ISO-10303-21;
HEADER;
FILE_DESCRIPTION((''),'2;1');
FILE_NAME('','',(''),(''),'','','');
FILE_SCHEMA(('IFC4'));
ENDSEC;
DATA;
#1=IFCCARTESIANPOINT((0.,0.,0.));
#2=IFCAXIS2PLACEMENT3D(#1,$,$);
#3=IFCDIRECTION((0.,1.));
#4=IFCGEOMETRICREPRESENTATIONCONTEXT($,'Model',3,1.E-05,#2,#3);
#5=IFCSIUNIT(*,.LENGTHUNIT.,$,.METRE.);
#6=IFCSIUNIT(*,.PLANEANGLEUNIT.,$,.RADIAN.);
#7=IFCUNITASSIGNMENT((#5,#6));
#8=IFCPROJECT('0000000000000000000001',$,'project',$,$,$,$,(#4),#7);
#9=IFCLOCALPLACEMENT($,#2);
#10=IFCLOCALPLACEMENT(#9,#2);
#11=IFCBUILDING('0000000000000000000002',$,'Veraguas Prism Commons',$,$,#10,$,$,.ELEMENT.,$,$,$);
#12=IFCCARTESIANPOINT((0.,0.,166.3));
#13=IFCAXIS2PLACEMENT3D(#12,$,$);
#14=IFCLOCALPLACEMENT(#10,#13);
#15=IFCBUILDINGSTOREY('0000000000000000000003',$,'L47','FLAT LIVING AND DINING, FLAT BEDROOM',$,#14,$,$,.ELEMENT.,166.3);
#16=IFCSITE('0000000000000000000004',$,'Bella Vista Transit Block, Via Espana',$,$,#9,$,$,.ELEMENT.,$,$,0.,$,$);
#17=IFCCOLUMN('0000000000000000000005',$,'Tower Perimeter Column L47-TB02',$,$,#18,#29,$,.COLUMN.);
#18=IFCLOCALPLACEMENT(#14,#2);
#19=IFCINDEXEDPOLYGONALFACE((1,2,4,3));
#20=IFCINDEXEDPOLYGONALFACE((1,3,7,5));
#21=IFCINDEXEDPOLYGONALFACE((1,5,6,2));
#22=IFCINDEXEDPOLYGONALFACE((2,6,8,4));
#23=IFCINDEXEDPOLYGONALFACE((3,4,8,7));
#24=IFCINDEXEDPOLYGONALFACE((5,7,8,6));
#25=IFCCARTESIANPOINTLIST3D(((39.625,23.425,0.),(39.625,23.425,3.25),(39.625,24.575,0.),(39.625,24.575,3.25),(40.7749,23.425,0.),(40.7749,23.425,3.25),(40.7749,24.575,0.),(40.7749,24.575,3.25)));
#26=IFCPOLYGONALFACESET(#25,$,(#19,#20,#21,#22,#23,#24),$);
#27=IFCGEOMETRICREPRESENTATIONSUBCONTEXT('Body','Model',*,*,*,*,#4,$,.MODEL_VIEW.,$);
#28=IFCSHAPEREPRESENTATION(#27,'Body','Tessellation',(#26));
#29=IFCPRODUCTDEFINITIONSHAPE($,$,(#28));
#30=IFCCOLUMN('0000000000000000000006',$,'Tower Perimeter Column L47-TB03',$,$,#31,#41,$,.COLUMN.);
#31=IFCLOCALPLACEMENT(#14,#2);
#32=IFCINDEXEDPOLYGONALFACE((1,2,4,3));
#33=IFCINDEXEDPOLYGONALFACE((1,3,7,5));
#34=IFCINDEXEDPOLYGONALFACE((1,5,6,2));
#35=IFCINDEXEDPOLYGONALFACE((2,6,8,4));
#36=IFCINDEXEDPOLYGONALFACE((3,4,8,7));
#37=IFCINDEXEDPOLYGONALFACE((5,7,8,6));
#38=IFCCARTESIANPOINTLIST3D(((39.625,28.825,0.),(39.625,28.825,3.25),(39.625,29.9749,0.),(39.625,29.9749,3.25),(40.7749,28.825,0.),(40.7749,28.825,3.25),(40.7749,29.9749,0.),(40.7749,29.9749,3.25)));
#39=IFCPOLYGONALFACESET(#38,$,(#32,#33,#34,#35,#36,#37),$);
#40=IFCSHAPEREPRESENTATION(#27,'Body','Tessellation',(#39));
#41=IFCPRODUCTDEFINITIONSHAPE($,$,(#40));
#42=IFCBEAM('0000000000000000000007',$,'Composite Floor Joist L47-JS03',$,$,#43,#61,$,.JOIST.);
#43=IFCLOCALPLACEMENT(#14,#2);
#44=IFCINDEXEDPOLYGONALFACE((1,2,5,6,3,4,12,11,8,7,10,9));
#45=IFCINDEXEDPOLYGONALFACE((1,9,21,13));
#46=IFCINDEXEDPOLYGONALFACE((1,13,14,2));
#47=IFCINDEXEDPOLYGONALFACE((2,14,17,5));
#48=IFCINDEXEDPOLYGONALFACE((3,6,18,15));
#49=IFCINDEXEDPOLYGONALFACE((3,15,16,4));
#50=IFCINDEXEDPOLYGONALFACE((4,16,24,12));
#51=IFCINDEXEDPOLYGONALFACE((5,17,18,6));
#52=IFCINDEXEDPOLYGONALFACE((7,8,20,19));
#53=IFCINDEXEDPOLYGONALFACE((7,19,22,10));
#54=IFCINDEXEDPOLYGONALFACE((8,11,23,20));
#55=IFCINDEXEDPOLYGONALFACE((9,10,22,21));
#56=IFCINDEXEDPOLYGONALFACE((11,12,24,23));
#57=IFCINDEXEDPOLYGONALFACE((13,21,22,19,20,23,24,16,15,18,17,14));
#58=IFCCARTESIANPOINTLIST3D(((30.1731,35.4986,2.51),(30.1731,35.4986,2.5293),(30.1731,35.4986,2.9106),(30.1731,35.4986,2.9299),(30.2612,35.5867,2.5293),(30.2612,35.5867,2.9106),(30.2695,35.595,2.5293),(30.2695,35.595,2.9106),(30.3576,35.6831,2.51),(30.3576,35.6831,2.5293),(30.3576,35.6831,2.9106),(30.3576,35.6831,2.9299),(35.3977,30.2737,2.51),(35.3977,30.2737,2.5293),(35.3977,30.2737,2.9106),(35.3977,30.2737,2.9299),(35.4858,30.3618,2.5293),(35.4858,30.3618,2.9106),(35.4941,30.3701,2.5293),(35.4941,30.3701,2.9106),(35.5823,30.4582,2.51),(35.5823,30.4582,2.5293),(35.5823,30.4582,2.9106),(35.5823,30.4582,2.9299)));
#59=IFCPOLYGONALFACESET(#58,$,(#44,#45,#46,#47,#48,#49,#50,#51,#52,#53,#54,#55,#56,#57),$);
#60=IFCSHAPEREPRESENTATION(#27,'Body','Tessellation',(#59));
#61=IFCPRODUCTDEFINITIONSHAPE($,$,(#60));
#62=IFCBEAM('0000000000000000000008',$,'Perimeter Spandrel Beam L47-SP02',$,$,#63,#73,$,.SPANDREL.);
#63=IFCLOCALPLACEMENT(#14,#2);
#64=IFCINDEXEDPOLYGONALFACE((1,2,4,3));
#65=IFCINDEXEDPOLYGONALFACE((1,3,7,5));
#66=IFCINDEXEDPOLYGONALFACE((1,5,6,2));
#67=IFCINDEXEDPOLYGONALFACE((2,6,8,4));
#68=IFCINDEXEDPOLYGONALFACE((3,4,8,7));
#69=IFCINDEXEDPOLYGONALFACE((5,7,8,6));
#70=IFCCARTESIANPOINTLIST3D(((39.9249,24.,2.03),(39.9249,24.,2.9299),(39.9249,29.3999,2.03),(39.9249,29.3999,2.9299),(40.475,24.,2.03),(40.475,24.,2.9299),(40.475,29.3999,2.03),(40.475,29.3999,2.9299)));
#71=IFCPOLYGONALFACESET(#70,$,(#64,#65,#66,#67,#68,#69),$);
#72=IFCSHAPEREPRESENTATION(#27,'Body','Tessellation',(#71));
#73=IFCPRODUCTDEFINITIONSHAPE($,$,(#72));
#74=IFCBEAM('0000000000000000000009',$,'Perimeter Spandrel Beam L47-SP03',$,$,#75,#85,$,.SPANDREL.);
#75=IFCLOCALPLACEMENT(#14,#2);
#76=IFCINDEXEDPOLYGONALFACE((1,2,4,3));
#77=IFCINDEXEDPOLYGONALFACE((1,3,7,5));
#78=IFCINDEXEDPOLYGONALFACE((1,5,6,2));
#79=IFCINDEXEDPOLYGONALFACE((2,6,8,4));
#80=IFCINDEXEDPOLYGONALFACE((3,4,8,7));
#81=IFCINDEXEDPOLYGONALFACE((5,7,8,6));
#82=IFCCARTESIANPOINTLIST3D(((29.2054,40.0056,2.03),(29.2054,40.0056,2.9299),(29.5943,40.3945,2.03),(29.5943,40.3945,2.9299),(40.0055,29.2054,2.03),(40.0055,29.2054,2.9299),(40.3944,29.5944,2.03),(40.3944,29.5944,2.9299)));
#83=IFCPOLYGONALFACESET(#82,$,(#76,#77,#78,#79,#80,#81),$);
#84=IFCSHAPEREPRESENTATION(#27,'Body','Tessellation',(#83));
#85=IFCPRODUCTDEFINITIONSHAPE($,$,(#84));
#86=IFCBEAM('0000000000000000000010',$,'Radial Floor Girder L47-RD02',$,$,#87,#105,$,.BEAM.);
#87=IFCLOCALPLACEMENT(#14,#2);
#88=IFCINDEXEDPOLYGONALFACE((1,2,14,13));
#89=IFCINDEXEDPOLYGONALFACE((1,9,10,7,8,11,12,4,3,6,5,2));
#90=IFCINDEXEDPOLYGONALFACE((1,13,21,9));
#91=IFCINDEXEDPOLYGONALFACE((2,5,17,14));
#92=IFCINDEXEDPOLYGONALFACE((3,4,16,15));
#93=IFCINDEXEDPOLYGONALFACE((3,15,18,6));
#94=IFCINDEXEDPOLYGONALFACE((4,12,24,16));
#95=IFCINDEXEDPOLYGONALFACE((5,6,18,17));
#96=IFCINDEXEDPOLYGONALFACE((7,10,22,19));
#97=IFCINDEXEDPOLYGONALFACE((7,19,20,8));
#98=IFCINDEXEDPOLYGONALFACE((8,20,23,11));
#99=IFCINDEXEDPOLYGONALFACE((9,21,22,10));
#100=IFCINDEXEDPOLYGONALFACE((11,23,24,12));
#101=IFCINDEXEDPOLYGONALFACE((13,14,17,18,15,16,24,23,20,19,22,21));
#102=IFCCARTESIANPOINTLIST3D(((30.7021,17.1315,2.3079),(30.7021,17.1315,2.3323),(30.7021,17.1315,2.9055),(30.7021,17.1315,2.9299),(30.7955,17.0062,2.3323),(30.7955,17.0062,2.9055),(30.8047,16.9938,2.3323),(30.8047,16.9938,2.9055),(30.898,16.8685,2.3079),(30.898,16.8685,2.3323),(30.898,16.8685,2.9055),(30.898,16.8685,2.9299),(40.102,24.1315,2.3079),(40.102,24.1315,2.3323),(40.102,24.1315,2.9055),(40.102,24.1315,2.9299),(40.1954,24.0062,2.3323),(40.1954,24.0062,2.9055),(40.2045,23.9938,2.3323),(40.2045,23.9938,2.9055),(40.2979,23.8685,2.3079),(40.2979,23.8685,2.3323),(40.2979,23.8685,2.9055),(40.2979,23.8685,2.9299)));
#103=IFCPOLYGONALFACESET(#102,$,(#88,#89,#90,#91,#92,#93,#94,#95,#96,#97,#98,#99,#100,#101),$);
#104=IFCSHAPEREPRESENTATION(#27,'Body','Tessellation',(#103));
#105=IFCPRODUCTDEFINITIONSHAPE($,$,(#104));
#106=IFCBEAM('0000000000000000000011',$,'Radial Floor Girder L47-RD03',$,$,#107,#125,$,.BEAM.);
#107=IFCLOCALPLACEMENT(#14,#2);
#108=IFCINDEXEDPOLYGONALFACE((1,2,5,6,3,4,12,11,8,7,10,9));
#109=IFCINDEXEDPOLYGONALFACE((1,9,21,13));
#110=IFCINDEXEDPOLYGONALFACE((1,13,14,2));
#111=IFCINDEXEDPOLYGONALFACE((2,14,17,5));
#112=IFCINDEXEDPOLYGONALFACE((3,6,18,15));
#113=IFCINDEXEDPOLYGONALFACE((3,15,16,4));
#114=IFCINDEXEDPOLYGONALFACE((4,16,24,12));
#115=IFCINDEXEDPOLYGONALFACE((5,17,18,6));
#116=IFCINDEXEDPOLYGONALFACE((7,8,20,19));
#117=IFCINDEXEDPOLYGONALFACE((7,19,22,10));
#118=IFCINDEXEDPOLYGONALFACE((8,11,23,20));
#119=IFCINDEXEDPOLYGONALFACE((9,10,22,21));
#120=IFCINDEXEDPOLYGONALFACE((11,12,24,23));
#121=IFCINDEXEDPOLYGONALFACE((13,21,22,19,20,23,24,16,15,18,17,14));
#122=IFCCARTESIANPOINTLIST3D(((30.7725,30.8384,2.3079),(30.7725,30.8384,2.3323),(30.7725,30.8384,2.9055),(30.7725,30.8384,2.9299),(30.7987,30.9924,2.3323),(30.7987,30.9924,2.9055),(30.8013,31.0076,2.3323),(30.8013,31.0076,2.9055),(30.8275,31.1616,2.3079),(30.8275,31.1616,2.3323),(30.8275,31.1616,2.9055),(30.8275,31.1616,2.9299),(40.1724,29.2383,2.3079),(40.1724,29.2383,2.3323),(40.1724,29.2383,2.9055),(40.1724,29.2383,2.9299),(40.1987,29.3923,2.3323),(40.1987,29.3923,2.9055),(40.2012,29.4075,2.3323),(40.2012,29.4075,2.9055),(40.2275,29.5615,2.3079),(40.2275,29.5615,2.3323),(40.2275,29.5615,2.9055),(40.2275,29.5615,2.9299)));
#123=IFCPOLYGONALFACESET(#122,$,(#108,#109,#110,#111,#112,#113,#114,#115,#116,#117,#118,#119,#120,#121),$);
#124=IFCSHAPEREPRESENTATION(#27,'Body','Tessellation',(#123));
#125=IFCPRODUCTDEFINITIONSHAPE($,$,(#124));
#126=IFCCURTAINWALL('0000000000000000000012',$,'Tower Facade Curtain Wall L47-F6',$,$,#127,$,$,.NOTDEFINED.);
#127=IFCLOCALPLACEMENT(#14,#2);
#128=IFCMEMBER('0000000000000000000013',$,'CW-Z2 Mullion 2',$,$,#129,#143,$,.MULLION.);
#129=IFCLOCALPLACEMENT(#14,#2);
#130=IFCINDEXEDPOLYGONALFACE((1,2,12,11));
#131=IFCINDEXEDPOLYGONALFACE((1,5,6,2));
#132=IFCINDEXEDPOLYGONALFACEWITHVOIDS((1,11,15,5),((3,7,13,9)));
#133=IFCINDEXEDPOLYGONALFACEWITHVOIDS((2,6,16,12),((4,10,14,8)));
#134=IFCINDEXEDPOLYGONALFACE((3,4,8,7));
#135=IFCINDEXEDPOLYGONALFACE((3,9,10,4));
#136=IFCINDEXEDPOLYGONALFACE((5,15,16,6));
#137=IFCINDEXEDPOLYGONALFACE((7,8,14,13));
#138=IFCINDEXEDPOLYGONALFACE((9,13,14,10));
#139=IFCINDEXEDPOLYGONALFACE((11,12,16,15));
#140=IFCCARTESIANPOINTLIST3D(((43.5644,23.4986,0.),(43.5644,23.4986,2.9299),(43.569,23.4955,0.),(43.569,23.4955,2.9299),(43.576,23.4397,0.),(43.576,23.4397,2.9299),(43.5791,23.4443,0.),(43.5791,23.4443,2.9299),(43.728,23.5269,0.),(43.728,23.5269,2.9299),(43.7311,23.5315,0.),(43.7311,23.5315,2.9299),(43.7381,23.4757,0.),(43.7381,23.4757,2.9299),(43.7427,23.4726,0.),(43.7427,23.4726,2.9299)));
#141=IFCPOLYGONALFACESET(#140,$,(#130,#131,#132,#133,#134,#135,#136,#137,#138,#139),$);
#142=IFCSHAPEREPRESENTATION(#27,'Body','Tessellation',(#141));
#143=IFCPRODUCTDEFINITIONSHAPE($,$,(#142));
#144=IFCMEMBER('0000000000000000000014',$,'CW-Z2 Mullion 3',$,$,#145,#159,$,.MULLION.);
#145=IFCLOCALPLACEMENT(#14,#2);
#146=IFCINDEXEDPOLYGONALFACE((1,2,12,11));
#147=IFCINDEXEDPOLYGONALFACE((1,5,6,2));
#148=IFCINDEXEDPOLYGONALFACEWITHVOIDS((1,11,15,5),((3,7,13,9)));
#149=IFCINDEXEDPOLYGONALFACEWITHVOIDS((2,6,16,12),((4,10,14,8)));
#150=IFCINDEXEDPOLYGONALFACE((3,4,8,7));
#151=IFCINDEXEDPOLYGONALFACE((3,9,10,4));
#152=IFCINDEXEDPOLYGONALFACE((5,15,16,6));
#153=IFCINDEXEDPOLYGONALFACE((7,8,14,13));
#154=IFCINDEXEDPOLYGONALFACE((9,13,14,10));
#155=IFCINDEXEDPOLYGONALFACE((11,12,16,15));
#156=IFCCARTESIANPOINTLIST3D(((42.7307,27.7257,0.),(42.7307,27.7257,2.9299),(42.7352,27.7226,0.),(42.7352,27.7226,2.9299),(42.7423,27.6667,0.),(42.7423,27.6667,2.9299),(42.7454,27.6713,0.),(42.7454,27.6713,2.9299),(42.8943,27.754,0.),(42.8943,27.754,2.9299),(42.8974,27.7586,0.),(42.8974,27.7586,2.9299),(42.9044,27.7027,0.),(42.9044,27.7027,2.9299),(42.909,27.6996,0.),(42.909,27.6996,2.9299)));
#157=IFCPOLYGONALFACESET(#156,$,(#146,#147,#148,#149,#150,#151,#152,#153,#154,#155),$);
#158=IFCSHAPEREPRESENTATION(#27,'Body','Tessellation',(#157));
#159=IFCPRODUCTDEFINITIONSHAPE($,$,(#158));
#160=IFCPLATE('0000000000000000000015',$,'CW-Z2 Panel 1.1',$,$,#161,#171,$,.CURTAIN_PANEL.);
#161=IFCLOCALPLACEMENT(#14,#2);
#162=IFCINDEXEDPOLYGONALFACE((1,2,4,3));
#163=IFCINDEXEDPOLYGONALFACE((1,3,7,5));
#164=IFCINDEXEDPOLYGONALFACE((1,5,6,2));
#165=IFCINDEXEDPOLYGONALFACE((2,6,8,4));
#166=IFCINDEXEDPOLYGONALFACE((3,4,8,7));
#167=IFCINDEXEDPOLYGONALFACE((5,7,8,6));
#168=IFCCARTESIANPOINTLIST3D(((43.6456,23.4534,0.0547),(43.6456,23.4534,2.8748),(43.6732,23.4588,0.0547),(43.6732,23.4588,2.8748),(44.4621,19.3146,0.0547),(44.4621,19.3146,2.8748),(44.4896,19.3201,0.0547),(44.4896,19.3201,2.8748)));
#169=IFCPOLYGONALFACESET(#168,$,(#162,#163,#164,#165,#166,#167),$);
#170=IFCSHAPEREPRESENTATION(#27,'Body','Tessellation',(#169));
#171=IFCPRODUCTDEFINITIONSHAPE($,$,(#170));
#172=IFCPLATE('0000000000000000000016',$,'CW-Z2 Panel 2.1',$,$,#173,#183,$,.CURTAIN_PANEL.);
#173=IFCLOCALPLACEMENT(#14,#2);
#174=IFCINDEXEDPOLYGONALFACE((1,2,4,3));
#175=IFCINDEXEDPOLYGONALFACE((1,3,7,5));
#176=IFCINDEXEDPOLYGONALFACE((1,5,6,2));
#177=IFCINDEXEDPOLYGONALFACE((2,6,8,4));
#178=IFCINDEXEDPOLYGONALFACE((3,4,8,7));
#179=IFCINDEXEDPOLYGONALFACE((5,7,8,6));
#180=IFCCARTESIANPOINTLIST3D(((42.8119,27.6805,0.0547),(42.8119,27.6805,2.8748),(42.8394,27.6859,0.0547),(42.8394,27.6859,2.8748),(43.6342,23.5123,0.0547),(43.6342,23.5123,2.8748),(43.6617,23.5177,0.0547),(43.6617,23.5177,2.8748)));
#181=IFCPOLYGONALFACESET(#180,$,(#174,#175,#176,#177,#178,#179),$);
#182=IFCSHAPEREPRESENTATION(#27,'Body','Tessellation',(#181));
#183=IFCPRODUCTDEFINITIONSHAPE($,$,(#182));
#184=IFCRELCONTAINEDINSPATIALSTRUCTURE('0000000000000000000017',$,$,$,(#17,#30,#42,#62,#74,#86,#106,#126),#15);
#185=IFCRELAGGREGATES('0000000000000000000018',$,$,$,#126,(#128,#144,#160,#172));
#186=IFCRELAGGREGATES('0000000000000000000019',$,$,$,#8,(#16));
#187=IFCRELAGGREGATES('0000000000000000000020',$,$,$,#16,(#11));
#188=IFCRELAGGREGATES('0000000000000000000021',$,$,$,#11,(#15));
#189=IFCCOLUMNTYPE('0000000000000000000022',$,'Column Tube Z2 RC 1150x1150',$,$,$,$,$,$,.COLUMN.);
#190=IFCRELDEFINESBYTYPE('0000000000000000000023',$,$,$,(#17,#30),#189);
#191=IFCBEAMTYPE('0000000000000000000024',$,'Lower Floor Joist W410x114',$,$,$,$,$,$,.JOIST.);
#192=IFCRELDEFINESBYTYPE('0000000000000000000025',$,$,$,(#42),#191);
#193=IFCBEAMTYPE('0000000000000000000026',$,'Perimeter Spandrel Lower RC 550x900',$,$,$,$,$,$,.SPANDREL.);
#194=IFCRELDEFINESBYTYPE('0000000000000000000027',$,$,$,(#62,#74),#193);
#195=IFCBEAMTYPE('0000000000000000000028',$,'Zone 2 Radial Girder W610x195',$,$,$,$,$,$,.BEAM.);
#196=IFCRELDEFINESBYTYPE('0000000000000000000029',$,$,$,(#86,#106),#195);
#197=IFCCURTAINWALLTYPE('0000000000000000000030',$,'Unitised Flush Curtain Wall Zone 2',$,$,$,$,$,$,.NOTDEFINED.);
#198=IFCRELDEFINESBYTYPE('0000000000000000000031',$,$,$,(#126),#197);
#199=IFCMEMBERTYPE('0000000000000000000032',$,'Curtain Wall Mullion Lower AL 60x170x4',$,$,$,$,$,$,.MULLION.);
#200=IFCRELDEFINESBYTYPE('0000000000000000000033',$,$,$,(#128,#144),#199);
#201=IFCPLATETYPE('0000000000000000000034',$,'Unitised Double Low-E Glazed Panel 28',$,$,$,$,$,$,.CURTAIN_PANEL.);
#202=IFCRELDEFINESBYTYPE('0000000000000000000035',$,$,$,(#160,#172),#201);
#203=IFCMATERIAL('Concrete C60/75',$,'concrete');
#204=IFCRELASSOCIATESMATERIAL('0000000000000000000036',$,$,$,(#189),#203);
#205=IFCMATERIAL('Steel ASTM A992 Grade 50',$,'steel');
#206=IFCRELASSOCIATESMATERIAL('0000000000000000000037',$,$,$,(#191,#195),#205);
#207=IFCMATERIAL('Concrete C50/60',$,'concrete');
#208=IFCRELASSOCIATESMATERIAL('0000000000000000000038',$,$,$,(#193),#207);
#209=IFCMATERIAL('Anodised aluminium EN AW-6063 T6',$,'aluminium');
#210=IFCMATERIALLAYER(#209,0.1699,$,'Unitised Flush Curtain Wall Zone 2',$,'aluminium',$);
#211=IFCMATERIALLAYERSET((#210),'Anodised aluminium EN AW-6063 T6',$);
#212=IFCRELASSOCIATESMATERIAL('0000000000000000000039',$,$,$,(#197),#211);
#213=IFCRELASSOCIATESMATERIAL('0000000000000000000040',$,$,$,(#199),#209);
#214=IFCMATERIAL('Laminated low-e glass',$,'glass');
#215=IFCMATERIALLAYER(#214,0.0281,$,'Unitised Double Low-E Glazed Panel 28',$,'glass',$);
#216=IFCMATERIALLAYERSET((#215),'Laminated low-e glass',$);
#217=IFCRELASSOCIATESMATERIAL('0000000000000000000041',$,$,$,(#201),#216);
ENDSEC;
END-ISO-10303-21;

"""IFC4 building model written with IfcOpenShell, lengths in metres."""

from ifc_helpers import new_model, si_unit, direction, frame, origin, origin_2d, place, context, subcontext, project, spatial, rectangle, hollow_rectangle, i_section, extrude, source, transform, mapped, material, layer, layer_set, material_profile, profile_set, type_object, element, aggregate, save


model = new_model("IFC4")

# Units and contexts
model_context = context("Model", 3, precision=1e-05, world=origin(), true_north=direction((0.0, 1.0)))
body_context = subcontext(model_context, "Body", "Model", "MODEL_VIEW")
ifc_project = project(units=[si_unit("LENGTHUNIT", "METRE"), si_unit("PLANEANGLEUNIT", "RADIAN")], contexts=[model_context])

# Site, building, storey
site_placement = place(None, origin())
site = spatial("IfcSite", under=ifc_project, at=site_placement, Name="Bella Vista Transit Block, Via Espana", CompositionType="ELEMENT", RefElevation=0.0)
building_placement = place(site_placement, origin())
building = spatial("IfcBuilding", under=site, at=building_placement, Name="Veraguas Prism Commons", CompositionType="ELEMENT")
storey_placement = place(building_placement, frame((0.0, 0.0, 166.3)))
storey = spatial("IfcBuildingStorey", under=building, at=storey_placement, Name="L47", Description="FLAT LIVING AND DINING, FLAT BEDROOM", CompositionType="ELEMENT", Elevation=166.3)

# Columns
ifc_material_1 = material(Name="Concrete C60/75", Category="concrete")
ifc_material_profile_1 = material_profile(ifc_material_1, rectangle(XDim=1.1499, YDim=1.1499, at=origin_2d()), Name="RC1150X1150")
ifc_profile_set_1 = profile_set([ifc_material_profile_1], Name="Concrete C60/75")
column_type = type_object("IfcColumnType", Name="Column Tube Z2 RC 1150x1150", PredefinedType="COLUMN", material=ifc_profile_set_1)
for number, where, z_axis, x_axis, name in (
    (1, (40.2, 24.0, 0.0), (0.0, 0.0, 1.0), (1.0, 0.0, 0.0), "Tower Perimeter Column L47-TB02"),
    (2, (40.2, 29.3999, 0.0), (0.0, 0.0, 1.0), (1.0, 0.0, 0.0), "Tower Perimeter Column L47-TB03"),
):
    element("IfcColumn", number, at=place(storey_placement, frame(where, z_axis=z_axis, x_axis=x_axis)), inside=storey, type_object=column_type, Name=name, PredefinedType="COLUMN", context=body_context, shape_type="SweptSolid", body=[
        extrude(rectangle(XDim=1.1499, YDim=1.1499, at=origin_2d()), origin(), (0.0, 0.0, 1.0), 3.25),
    ])

# Beams
ifc_material_2 = material(Name="Steel ASTM A992 Grade 50", Category="steel")
ifc_material_profile_2 = material_profile(ifc_material_2, i_section(OverallWidth=0.261, OverallDepth=0.4199, WebThickness=0.0117, FlangeThickness=0.0193, at=origin_2d()), Name="W410X114")
ifc_profile_set_2 = profile_set([ifc_material_profile_2], Name="Steel ASTM A992 Grade 50")
beam_type_1 = type_object("IfcBeamType", Name="Lower Floor Joist W410x114", PredefinedType="JOIST", material=ifc_profile_set_2)
beam_1_placement = place(storey_placement, frame((35.49, 30.366, 2.72), z_axis=(-0.70709, 0.707123, 0.0), x_axis=(-0.707123, -0.70709, 0.0)))
element("IfcBeam", 3, at=beam_1_placement, inside=storey, type_object=beam_type_1, Name="Composite Floor Joist L47-JS03", PredefinedType="JOIST", context=body_context, shape_type="SweptSolid", body=[
    extrude(i_section(OverallWidth=0.261, OverallDepth=0.4199, WebThickness=0.0117, FlangeThickness=0.0193, at=origin_2d()), origin(), (0.0, 0.0, 1.0), 7.3889),
])
ifc_material_3 = material(Name="Concrete C50/60", Category="concrete")
ifc_material_profile_3 = material_profile(ifc_material_3, rectangle(XDim=0.55, YDim=0.8999, at=origin_2d()), Name="RC550X900")
ifc_profile_set_3 = profile_set([ifc_material_profile_3], Name="Concrete C50/60")
beam_type_2 = type_object("IfcBeamType", Name="Perimeter Spandrel Lower RC 550x900", PredefinedType="SPANDREL", material=ifc_profile_set_3)
beam_2_placement = place(storey_placement, frame((40.2, 24.0, 2.48), z_axis=(0.0, 1.0, 0.0), x_axis=(-1.0, 0.0, 0.0)))
element("IfcBeam", 4, at=beam_2_placement, inside=storey, type_object=beam_type_2, Name="Perimeter Spandrel Beam L47-SP02", PredefinedType="SPANDREL", context=body_context, shape_type="SweptSolid", body=[
    extrude(rectangle(XDim=0.55, YDim=0.8999, at=origin_2d()), origin(), (0.0, 0.0, 1.0), 5.3999),
])
beam_3_placement = place(storey_placement, frame((40.2, 29.3999, 2.48), z_axis=(-0.707107, 0.707107, 0.0), x_axis=(-0.707107, -0.707107, 0.0)))
element("IfcBeam", 5, at=beam_3_placement, inside=storey, type_object=beam_type_2, Name="Perimeter Spandrel Beam L47-SP03", PredefinedType="SPANDREL", context=body_context, shape_type="SweptSolid", body=[
    extrude(rectangle(XDim=0.55, YDim=0.8999, at=origin_2d()), origin(), (0.0, 0.0, 1.0), 15.2737),
])
ifc_material_profile_4 = material_profile(ifc_material_2, i_section(OverallWidth=0.3279, OverallDepth=0.6221, WebThickness=0.0154, FlangeThickness=0.0244, at=origin_2d()), Name="W610X195")
ifc_profile_set_4 = profile_set([ifc_material_profile_4], Name="Steel ASTM A992 Grade 50")
beam_type_3 = type_object("IfcBeamType", Name="Zone 2 Radial Girder W610x195", PredefinedType="BEAM", material=ifc_profile_set_4)
beam_4_placement = place(storey_placement, frame((40.2, 24.0, 2.6189), z_axis=(-0.80204, -0.59727, 0.0), x_axis=(0.59727, -0.80204, 0.0)))
element("IfcBeam", 6, at=beam_4_placement, inside=storey, type_object=beam_type_3, Name="Radial Floor Girder L47-RD02", PredefinedType="BEAM", context=body_context, shape_type="SweptSolid", body=[
    extrude(i_section(OverallWidth=0.3279, OverallDepth=0.6221, WebThickness=0.0154, FlangeThickness=0.0244, at=origin_2d()), origin(), (0.0, 0.0, 1.0), 11.72),
])
beam_5_placement = place(storey_placement, frame((40.2, 29.3999, 2.6189), z_axis=(-0.985819, 0.167811, 0.0), x_axis=(-0.167811, -0.985819, 0.0)))
element("IfcBeam", 7, at=beam_5_placement, inside=storey, type_object=beam_type_3, Name="Radial Floor Girder L47-RD03", PredefinedType="BEAM", context=body_context, shape_type="SweptSolid", body=[
    extrude(i_section(OverallWidth=0.3279, OverallDepth=0.6221, WebThickness=0.0154, FlangeThickness=0.0244, at=origin_2d()), origin(), (0.0, 0.0, 1.0), 9.5352),
])

# Curtain wall, members, plates
ifc_material_4 = material(Name="Anodised aluminium EN AW-6063 T6", Category="aluminium")
ifc_layer_1 = layer(ifc_material_4, 0.1699, Name="Unitised Flush Curtain Wall Zone 2", Category="aluminium")
ifc_layer_set_1 = layer_set([ifc_layer_1], Name="Anodised aluminium EN AW-6063 T6")
curtain_wall_type = type_object("IfcCurtainWallType", Name="Unitised Flush Curtain Wall Zone 2", PredefinedType="NOTDEFINED", material=ifc_layer_set_1)
curtain_wall_placement = place(storey_placement, origin())
curtain_wall = element("IfcCurtainWall", 8, at=curtain_wall_placement, inside=storey, type_object=curtain_wall_type, Name="Tower Facade Curtain Wall L47-F6", PredefinedType="NOTDEFINED")
ifc_material_profile_5 = material_profile(ifc_material_4, hollow_rectangle(XDim=0.0601, YDim=0.1699, WallThickness=0.0039, at=origin_2d()), Name="AL60X170X4")
ifc_profile_set_5 = profile_set([ifc_material_profile_5], Name="Anodised aluminium EN AW-6063 T6")
member_type = type_object("IfcMemberType", Name="Curtain Wall Mullion Lower AL 60x170x4", PredefinedType="MULLION", material=ifc_profile_set_5)
shared_shape_1 = source(origin(), body_context, "Body", "SweptSolid", [
    extrude(hollow_rectangle(XDim=0.0601, YDim=0.1699, WallThickness=0.0039, at=origin_2d()), origin(), (0.0, 0.0, 1.0), 2.9299),
])
member_1_placement = place(storey_placement, frame((43.6536, 23.4856, 0.0), z_axis=(0.0, 0.0, 1.0), x_axis=(-0.193549, 0.981091, 0.0)))
member_1 = element("IfcMember", 9, at=member_1_placement, type_object=member_type, Name="CW-Z2 Mullion 2", PredefinedType="MULLION", context=body_context, shape_type="MappedRepresentation", body=[
    mapped(shared_shape_1, transform((0.0, 0.0, 0.0), scale=1.0)),
])
member_2_placement = place(storey_placement, frame((42.8198, 27.7126, 0.0), z_axis=(0.0, 0.0, 1.0), x_axis=(-0.193549, 0.981091, 0.0)))
member_2 = element("IfcMember", 10, at=member_2_placement, type_object=member_type, Name="CW-Z2 Mullion 3", PredefinedType="MULLION", context=body_context, shape_type="MappedRepresentation", body=[
    mapped(shared_shape_1, transform((0.0, 0.0, 0.0), scale=1.0)),
])
ifc_material_5 = material(Name="Laminated low-e glass", Category="glass")
ifc_layer_2 = layer(ifc_material_5, 0.0281, Name="Unitised Double Low-E Glazed Panel 28", Category="glass")
ifc_layer_set_2 = layer_set([ifc_layer_2], Name="Laminated low-e glass")
plate_type = type_object("IfcPlateType", Name="Unitised Double Low-E Glazed Panel 28", PredefinedType="CURTAIN_PANEL", material=ifc_layer_set_2)
shared_shape_2 = source(origin(), body_context, "Body", "SweptSolid", [
    extrude(rectangle(XDim=4.2185, YDim=0.0281, at=origin_2d()), origin(), (0.0, 0.0, 1.0), 2.8201),
])
plate_1_placement = place(storey_placement, frame((44.0676, 21.3867, 0.0547), z_axis=(0.0, 0.0, 1.0), x_axis=(-0.193549, 0.981091, 0.0)))
plate_1 = element("IfcPlate", 11, at=plate_1_placement, type_object=plate_type, Name="CW-Z2 Panel 1.1", PredefinedType="CURTAIN_PANEL", context=body_context, shape_type="MappedRepresentation", body=[
    mapped(shared_shape_2, transform((0.0, 0.0, 0.0), scale=1.0)),
])
shared_shape_3 = source(origin(), body_context, "Body", "SweptSolid", [
    extrude(rectangle(XDim=4.2485, YDim=0.0281, at=origin_2d()), origin(), (0.0, 0.0, 1.0), 2.8201),
])
plate_2_placement = place(storey_placement, frame((43.2368, 25.5991, 0.0547), z_axis=(0.0, 0.0, 1.0), x_axis=(-0.193549, 0.981091, 0.0)))
plate_2 = element("IfcPlate", 12, at=plate_2_placement, type_object=plate_type, Name="CW-Z2 Panel 2.1", PredefinedType="CURTAIN_PANEL", context=body_context, shape_type="MappedRepresentation", body=[
    mapped(shared_shape_3, transform((0.0, 0.0, 0.0), scale=1.0)),
])
aggregate(curtain_wall, [member_1, member_2, plate_1, plate_2])

save(model, "model.ifc")
